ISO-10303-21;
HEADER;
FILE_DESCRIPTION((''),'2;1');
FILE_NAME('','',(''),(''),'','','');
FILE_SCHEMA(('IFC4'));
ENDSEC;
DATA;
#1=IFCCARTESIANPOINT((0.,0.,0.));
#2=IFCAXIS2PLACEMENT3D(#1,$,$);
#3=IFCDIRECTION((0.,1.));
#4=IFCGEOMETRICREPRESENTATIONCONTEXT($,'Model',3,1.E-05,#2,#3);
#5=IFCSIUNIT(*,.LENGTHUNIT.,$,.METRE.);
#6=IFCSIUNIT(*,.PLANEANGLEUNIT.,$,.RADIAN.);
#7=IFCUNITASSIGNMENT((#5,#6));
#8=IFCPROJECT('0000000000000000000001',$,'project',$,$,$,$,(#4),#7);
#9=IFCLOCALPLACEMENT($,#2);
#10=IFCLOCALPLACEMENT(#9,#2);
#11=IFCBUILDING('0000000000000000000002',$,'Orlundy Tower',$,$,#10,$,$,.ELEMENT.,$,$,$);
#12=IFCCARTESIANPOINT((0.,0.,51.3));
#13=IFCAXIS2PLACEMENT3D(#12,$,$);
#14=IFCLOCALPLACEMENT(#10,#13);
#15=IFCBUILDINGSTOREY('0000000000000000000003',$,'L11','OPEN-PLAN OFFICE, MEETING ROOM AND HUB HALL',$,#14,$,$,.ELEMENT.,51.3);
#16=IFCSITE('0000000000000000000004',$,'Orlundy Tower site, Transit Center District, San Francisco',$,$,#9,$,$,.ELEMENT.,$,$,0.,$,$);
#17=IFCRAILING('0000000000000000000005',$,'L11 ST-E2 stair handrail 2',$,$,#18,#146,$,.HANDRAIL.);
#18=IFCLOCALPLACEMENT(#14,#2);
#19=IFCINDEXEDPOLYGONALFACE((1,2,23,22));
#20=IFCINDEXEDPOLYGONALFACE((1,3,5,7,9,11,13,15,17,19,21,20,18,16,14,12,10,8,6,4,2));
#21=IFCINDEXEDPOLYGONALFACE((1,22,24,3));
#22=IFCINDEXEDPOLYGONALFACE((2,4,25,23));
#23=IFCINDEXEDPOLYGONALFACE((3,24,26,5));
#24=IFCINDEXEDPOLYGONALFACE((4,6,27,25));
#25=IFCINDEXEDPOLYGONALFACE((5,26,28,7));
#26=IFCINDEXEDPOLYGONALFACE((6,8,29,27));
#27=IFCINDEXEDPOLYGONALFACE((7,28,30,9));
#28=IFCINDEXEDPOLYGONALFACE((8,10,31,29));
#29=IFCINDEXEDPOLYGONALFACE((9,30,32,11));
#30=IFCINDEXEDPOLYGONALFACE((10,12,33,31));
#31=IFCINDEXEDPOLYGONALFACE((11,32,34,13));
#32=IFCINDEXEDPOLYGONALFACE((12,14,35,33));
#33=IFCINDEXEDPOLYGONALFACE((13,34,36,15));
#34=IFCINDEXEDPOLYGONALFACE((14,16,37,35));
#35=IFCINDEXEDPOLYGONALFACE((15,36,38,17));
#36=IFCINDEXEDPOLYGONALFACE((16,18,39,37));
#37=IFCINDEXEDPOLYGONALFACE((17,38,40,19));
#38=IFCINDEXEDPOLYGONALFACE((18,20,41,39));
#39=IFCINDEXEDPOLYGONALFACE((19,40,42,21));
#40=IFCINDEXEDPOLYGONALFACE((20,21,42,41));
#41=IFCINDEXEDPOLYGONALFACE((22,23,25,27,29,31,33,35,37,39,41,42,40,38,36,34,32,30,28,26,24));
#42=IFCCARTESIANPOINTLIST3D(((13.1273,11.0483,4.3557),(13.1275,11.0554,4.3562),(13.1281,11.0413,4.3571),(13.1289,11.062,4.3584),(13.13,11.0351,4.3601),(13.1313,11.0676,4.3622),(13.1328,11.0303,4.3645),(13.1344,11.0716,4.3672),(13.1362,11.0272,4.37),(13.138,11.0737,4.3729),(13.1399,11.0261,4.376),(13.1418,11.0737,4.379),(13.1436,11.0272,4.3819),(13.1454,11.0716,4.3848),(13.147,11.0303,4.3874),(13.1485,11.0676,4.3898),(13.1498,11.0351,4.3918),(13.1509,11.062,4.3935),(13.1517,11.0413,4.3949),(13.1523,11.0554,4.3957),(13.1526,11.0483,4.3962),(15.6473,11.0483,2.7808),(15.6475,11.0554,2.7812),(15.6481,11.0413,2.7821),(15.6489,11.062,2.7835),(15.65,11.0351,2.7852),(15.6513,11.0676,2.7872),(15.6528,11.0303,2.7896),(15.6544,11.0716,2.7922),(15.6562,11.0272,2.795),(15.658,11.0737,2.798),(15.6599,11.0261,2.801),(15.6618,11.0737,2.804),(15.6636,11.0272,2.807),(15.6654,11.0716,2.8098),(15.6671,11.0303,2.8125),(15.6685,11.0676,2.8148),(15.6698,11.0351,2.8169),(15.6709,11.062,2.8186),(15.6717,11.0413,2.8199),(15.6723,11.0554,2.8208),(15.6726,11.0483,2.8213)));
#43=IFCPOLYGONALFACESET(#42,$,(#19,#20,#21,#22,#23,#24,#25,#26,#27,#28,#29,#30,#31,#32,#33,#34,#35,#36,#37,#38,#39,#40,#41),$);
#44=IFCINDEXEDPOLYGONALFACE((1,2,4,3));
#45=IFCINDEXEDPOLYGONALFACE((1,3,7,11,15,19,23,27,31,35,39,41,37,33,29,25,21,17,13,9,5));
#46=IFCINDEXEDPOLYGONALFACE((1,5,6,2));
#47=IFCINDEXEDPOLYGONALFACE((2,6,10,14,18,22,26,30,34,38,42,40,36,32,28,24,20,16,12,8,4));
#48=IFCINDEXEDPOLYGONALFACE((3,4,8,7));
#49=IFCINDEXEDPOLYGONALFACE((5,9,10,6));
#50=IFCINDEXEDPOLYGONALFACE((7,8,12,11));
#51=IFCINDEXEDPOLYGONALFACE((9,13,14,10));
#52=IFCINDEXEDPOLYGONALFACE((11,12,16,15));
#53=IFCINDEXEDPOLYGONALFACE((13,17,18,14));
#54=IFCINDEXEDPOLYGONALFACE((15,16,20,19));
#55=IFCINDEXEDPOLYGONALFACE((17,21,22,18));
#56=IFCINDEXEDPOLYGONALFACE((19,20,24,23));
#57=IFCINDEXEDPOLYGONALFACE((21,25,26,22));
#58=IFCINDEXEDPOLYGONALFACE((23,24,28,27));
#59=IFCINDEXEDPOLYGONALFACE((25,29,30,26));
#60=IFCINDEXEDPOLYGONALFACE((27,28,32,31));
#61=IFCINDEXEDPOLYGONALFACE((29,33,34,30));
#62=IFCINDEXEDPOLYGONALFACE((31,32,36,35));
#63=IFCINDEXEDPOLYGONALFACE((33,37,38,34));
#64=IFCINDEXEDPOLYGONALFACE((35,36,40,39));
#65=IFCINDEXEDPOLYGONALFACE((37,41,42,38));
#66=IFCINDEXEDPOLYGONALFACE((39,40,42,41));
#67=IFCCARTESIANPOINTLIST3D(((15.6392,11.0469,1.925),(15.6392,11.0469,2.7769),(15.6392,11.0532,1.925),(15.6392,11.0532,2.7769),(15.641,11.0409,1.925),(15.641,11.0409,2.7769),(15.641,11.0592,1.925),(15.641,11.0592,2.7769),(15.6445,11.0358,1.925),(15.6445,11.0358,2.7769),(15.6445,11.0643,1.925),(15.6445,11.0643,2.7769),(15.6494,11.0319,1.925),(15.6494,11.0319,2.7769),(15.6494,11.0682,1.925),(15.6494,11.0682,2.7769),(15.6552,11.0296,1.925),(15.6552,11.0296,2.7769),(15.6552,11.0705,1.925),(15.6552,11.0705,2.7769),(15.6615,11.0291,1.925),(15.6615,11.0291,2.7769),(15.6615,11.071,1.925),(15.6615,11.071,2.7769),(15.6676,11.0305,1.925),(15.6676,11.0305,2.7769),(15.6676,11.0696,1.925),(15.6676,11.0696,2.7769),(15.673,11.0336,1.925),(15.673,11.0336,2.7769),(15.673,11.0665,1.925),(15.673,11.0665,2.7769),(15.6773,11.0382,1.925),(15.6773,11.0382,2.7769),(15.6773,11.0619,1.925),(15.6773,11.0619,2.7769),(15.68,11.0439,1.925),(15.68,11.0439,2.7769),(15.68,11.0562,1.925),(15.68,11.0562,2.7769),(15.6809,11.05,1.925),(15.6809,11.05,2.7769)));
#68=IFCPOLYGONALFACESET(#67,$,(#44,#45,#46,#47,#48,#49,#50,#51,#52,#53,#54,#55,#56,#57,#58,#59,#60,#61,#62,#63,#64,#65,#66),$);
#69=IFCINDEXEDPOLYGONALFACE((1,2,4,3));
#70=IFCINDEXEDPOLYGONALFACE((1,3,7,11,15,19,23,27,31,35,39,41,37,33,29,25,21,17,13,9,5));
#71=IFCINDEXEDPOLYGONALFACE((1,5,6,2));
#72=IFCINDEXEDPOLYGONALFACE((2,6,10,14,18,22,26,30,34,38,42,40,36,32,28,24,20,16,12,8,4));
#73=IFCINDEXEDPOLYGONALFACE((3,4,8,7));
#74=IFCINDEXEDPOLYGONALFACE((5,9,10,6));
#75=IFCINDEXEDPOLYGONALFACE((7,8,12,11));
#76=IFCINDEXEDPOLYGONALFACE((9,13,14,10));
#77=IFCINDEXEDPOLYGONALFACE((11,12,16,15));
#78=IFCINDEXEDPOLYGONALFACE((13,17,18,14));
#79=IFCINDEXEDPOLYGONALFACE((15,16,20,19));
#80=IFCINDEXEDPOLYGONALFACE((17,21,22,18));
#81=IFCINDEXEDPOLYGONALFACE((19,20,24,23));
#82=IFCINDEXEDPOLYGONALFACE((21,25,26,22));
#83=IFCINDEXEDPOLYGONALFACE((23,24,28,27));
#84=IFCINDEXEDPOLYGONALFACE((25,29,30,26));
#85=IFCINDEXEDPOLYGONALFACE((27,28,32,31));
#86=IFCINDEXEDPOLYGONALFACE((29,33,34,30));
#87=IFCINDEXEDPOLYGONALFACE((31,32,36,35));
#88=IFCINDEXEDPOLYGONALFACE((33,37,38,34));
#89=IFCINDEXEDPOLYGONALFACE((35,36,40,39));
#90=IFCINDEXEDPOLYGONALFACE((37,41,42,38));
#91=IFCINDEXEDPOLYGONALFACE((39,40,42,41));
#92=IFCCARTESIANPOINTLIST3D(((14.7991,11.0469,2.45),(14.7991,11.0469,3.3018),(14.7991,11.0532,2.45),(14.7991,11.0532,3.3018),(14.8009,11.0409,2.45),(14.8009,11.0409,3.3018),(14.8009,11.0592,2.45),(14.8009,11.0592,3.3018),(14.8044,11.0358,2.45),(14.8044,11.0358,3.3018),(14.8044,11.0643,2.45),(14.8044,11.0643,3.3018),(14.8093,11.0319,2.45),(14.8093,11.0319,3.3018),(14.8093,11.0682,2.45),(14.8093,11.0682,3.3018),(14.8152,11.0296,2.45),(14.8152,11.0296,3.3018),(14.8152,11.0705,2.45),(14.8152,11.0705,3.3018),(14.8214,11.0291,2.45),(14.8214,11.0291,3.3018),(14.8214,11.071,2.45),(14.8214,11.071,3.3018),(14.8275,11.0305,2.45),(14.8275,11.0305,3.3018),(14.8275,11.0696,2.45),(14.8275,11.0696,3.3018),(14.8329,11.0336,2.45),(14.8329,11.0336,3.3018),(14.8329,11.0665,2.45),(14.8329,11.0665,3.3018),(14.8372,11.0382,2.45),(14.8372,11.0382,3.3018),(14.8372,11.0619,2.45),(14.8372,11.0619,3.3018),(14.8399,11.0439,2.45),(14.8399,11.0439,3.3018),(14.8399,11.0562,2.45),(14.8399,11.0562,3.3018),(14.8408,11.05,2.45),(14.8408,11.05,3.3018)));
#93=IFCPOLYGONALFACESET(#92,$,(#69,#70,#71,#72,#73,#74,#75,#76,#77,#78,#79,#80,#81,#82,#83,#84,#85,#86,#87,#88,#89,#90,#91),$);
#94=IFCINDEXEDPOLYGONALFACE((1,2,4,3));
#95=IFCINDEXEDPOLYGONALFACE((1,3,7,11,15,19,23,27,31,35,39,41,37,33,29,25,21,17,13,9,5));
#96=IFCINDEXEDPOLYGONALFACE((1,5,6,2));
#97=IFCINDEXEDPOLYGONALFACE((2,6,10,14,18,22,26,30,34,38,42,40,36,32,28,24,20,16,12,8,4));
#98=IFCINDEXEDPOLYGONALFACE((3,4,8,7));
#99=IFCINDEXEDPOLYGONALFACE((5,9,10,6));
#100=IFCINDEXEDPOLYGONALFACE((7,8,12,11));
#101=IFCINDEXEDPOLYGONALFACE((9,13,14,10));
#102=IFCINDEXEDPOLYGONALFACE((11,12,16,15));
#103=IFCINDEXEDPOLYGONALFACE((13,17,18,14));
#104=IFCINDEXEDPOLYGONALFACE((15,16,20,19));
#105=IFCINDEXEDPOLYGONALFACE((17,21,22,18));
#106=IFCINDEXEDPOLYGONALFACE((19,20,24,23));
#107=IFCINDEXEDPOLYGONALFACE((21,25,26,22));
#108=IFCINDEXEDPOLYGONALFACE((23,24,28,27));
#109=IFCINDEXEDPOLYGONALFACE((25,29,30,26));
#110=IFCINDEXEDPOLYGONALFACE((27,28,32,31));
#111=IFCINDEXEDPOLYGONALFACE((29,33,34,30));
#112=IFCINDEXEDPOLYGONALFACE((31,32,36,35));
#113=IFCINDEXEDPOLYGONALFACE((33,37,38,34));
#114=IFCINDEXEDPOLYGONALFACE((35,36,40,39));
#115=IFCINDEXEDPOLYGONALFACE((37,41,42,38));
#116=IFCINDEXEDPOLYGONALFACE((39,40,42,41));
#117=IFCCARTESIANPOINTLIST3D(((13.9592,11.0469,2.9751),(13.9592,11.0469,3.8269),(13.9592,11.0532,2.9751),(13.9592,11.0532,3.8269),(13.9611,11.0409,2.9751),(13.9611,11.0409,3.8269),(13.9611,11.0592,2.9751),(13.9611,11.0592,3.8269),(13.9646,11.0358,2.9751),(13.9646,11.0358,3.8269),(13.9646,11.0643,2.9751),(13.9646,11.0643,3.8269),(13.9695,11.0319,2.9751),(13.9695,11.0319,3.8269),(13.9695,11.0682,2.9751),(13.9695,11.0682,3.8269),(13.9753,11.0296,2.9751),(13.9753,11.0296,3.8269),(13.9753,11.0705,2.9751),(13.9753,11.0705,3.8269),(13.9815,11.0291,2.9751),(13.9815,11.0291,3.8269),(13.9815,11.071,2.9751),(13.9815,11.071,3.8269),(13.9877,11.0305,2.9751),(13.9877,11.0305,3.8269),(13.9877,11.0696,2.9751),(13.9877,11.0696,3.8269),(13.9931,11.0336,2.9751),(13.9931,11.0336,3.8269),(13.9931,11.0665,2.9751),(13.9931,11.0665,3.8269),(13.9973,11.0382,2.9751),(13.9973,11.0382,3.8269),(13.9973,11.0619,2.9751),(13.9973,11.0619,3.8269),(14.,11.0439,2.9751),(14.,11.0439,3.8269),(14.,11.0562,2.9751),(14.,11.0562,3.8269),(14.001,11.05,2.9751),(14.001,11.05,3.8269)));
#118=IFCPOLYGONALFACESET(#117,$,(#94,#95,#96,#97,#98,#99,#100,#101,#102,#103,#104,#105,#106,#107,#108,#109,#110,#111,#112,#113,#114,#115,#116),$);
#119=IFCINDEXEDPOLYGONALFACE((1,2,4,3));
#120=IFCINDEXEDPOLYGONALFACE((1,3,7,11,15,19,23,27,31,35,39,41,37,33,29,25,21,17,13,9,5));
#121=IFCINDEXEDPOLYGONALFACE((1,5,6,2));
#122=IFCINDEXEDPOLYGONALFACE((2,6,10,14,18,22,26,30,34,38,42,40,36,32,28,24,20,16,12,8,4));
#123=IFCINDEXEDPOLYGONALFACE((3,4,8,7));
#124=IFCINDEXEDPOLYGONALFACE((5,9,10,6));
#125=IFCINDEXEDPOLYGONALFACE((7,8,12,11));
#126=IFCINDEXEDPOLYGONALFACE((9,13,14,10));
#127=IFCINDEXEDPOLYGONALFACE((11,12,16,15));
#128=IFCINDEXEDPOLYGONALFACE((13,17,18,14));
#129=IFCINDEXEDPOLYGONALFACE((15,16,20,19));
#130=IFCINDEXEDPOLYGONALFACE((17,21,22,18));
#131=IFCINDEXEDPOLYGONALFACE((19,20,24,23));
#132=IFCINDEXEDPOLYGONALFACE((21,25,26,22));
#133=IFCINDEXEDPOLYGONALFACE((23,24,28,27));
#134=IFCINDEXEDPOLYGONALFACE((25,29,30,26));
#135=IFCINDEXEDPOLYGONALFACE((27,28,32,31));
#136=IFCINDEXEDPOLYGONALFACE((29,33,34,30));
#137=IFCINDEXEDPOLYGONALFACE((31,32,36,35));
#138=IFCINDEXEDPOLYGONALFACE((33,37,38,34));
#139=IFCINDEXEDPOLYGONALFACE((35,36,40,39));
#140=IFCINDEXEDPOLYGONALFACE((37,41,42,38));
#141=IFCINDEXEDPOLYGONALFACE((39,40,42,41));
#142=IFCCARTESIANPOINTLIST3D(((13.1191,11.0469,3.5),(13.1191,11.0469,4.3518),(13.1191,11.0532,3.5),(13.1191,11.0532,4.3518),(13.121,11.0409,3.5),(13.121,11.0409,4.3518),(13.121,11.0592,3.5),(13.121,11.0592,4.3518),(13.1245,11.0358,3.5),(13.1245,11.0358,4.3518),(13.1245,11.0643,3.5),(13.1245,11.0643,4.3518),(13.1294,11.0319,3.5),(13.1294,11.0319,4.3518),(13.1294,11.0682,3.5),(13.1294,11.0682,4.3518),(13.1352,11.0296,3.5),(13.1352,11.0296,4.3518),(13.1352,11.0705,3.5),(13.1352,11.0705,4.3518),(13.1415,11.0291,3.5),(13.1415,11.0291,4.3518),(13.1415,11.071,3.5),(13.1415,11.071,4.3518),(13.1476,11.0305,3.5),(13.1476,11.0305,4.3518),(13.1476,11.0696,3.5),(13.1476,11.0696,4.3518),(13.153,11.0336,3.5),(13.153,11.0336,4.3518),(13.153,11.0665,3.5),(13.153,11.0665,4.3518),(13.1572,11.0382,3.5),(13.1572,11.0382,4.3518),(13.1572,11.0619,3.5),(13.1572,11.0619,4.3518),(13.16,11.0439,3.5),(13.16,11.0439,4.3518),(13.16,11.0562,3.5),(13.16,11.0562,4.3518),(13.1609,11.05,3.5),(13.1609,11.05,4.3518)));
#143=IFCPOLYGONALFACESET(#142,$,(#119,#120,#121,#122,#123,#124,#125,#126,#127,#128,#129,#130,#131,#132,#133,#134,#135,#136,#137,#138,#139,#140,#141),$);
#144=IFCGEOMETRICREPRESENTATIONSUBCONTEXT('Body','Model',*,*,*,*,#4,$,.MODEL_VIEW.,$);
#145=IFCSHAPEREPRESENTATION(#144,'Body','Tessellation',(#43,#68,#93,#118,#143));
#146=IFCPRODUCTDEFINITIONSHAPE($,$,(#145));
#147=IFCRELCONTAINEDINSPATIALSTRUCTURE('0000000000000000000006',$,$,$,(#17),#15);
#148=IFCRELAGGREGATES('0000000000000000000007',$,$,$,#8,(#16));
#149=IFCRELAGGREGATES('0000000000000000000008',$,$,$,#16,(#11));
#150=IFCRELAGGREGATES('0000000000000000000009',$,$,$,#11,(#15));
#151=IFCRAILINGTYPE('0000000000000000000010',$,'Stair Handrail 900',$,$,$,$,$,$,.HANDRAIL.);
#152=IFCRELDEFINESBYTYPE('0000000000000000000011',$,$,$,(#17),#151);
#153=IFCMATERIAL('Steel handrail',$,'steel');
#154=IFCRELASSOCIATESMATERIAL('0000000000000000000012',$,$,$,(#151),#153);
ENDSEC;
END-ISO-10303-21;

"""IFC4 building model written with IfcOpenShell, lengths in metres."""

from ifc_helpers import new_model, si_unit, direction, frame, origin, origin_2d, place, context, subcontext, project, spatial, circle, extrude, material, type_object, element, save


model = new_model("IFC4")

# Units and contexts
model_context = context("Model", 3, precision=1e-05, world=origin(), true_north=direction((0.0, 1.0)))
body_context = subcontext(model_context, "Body", "Model", "MODEL_VIEW")
ifc_project = project(units=[si_unit("LENGTHUNIT", "METRE"), si_unit("PLANEANGLEUNIT", "RADIAN")], contexts=[model_context])

# Site, building, storey
site_placement = place(None, origin())
site = spatial("IfcSite", under=ifc_project, at=site_placement, Name="Orlundy Tower site, Transit Center District, San Francisco", CompositionType="ELEMENT", RefElevation=0.0)
building_placement = place(site_placement, origin())
building = spatial("IfcBuilding", under=site, at=building_placement, Name="Orlundy Tower", CompositionType="ELEMENT")
storey_placement = place(building_placement, frame((0.0, 0.0, 51.3)))
storey = spatial("IfcBuildingStorey", under=building, at=storey_placement, Name="L11", Description="OPEN-PLAN OFFICE, MEETING ROOM AND HUB HALL", CompositionType="ELEMENT", Elevation=51.3)

# Railing
ifc_material_1 = material(Name="Steel handrail", Category="steel")
railing_type_1 = type_object("IfcRailingType", Name="Stair Handrail 900", PredefinedType="HANDRAIL", material=ifc_material_1)
railing_1_placement = place(storey_placement, frame((15.6599, 11.05, 1.925)))
element("IfcRailing", 1, at=railing_1_placement, inside=storey, type_object=railing_type_1, Name="L11 ST-E2 stair handrail 2", PredefinedType="HANDRAIL", context=body_context, shape_type="SweptSolid", body=[
    extrude(circle(Radius=0.0239, at=origin_2d()), frame((0.0, 0.0, 0.876), z_axis=(-0.848008, 0.0, 0.529984), x_axis=(0.0, -1.0, 0.0)), (0.0, 0.0, 1.0), 2.9717),
    extrude(circle(Radius=0.021, at=origin_2d()), origin(), (0.0, 0.0, 1.0), 0.8518),
    extrude(circle(Radius=0.021, at=origin_2d()), frame((-0.8401, 0.0, 0.5249)), (0.0, 0.0, 1.0), 0.8518),
    extrude(circle(Radius=0.021, at=origin_2d()), frame((-1.6799, 0.0, 1.05)), (0.0, 0.0, 1.0), 0.8518),
    extrude(circle(Radius=0.021, at=origin_2d()), frame((-2.52, 0.0, 1.575)), (0.0, 0.0, 1.0), 0.8518),
])

save(model, "model.ifc")
